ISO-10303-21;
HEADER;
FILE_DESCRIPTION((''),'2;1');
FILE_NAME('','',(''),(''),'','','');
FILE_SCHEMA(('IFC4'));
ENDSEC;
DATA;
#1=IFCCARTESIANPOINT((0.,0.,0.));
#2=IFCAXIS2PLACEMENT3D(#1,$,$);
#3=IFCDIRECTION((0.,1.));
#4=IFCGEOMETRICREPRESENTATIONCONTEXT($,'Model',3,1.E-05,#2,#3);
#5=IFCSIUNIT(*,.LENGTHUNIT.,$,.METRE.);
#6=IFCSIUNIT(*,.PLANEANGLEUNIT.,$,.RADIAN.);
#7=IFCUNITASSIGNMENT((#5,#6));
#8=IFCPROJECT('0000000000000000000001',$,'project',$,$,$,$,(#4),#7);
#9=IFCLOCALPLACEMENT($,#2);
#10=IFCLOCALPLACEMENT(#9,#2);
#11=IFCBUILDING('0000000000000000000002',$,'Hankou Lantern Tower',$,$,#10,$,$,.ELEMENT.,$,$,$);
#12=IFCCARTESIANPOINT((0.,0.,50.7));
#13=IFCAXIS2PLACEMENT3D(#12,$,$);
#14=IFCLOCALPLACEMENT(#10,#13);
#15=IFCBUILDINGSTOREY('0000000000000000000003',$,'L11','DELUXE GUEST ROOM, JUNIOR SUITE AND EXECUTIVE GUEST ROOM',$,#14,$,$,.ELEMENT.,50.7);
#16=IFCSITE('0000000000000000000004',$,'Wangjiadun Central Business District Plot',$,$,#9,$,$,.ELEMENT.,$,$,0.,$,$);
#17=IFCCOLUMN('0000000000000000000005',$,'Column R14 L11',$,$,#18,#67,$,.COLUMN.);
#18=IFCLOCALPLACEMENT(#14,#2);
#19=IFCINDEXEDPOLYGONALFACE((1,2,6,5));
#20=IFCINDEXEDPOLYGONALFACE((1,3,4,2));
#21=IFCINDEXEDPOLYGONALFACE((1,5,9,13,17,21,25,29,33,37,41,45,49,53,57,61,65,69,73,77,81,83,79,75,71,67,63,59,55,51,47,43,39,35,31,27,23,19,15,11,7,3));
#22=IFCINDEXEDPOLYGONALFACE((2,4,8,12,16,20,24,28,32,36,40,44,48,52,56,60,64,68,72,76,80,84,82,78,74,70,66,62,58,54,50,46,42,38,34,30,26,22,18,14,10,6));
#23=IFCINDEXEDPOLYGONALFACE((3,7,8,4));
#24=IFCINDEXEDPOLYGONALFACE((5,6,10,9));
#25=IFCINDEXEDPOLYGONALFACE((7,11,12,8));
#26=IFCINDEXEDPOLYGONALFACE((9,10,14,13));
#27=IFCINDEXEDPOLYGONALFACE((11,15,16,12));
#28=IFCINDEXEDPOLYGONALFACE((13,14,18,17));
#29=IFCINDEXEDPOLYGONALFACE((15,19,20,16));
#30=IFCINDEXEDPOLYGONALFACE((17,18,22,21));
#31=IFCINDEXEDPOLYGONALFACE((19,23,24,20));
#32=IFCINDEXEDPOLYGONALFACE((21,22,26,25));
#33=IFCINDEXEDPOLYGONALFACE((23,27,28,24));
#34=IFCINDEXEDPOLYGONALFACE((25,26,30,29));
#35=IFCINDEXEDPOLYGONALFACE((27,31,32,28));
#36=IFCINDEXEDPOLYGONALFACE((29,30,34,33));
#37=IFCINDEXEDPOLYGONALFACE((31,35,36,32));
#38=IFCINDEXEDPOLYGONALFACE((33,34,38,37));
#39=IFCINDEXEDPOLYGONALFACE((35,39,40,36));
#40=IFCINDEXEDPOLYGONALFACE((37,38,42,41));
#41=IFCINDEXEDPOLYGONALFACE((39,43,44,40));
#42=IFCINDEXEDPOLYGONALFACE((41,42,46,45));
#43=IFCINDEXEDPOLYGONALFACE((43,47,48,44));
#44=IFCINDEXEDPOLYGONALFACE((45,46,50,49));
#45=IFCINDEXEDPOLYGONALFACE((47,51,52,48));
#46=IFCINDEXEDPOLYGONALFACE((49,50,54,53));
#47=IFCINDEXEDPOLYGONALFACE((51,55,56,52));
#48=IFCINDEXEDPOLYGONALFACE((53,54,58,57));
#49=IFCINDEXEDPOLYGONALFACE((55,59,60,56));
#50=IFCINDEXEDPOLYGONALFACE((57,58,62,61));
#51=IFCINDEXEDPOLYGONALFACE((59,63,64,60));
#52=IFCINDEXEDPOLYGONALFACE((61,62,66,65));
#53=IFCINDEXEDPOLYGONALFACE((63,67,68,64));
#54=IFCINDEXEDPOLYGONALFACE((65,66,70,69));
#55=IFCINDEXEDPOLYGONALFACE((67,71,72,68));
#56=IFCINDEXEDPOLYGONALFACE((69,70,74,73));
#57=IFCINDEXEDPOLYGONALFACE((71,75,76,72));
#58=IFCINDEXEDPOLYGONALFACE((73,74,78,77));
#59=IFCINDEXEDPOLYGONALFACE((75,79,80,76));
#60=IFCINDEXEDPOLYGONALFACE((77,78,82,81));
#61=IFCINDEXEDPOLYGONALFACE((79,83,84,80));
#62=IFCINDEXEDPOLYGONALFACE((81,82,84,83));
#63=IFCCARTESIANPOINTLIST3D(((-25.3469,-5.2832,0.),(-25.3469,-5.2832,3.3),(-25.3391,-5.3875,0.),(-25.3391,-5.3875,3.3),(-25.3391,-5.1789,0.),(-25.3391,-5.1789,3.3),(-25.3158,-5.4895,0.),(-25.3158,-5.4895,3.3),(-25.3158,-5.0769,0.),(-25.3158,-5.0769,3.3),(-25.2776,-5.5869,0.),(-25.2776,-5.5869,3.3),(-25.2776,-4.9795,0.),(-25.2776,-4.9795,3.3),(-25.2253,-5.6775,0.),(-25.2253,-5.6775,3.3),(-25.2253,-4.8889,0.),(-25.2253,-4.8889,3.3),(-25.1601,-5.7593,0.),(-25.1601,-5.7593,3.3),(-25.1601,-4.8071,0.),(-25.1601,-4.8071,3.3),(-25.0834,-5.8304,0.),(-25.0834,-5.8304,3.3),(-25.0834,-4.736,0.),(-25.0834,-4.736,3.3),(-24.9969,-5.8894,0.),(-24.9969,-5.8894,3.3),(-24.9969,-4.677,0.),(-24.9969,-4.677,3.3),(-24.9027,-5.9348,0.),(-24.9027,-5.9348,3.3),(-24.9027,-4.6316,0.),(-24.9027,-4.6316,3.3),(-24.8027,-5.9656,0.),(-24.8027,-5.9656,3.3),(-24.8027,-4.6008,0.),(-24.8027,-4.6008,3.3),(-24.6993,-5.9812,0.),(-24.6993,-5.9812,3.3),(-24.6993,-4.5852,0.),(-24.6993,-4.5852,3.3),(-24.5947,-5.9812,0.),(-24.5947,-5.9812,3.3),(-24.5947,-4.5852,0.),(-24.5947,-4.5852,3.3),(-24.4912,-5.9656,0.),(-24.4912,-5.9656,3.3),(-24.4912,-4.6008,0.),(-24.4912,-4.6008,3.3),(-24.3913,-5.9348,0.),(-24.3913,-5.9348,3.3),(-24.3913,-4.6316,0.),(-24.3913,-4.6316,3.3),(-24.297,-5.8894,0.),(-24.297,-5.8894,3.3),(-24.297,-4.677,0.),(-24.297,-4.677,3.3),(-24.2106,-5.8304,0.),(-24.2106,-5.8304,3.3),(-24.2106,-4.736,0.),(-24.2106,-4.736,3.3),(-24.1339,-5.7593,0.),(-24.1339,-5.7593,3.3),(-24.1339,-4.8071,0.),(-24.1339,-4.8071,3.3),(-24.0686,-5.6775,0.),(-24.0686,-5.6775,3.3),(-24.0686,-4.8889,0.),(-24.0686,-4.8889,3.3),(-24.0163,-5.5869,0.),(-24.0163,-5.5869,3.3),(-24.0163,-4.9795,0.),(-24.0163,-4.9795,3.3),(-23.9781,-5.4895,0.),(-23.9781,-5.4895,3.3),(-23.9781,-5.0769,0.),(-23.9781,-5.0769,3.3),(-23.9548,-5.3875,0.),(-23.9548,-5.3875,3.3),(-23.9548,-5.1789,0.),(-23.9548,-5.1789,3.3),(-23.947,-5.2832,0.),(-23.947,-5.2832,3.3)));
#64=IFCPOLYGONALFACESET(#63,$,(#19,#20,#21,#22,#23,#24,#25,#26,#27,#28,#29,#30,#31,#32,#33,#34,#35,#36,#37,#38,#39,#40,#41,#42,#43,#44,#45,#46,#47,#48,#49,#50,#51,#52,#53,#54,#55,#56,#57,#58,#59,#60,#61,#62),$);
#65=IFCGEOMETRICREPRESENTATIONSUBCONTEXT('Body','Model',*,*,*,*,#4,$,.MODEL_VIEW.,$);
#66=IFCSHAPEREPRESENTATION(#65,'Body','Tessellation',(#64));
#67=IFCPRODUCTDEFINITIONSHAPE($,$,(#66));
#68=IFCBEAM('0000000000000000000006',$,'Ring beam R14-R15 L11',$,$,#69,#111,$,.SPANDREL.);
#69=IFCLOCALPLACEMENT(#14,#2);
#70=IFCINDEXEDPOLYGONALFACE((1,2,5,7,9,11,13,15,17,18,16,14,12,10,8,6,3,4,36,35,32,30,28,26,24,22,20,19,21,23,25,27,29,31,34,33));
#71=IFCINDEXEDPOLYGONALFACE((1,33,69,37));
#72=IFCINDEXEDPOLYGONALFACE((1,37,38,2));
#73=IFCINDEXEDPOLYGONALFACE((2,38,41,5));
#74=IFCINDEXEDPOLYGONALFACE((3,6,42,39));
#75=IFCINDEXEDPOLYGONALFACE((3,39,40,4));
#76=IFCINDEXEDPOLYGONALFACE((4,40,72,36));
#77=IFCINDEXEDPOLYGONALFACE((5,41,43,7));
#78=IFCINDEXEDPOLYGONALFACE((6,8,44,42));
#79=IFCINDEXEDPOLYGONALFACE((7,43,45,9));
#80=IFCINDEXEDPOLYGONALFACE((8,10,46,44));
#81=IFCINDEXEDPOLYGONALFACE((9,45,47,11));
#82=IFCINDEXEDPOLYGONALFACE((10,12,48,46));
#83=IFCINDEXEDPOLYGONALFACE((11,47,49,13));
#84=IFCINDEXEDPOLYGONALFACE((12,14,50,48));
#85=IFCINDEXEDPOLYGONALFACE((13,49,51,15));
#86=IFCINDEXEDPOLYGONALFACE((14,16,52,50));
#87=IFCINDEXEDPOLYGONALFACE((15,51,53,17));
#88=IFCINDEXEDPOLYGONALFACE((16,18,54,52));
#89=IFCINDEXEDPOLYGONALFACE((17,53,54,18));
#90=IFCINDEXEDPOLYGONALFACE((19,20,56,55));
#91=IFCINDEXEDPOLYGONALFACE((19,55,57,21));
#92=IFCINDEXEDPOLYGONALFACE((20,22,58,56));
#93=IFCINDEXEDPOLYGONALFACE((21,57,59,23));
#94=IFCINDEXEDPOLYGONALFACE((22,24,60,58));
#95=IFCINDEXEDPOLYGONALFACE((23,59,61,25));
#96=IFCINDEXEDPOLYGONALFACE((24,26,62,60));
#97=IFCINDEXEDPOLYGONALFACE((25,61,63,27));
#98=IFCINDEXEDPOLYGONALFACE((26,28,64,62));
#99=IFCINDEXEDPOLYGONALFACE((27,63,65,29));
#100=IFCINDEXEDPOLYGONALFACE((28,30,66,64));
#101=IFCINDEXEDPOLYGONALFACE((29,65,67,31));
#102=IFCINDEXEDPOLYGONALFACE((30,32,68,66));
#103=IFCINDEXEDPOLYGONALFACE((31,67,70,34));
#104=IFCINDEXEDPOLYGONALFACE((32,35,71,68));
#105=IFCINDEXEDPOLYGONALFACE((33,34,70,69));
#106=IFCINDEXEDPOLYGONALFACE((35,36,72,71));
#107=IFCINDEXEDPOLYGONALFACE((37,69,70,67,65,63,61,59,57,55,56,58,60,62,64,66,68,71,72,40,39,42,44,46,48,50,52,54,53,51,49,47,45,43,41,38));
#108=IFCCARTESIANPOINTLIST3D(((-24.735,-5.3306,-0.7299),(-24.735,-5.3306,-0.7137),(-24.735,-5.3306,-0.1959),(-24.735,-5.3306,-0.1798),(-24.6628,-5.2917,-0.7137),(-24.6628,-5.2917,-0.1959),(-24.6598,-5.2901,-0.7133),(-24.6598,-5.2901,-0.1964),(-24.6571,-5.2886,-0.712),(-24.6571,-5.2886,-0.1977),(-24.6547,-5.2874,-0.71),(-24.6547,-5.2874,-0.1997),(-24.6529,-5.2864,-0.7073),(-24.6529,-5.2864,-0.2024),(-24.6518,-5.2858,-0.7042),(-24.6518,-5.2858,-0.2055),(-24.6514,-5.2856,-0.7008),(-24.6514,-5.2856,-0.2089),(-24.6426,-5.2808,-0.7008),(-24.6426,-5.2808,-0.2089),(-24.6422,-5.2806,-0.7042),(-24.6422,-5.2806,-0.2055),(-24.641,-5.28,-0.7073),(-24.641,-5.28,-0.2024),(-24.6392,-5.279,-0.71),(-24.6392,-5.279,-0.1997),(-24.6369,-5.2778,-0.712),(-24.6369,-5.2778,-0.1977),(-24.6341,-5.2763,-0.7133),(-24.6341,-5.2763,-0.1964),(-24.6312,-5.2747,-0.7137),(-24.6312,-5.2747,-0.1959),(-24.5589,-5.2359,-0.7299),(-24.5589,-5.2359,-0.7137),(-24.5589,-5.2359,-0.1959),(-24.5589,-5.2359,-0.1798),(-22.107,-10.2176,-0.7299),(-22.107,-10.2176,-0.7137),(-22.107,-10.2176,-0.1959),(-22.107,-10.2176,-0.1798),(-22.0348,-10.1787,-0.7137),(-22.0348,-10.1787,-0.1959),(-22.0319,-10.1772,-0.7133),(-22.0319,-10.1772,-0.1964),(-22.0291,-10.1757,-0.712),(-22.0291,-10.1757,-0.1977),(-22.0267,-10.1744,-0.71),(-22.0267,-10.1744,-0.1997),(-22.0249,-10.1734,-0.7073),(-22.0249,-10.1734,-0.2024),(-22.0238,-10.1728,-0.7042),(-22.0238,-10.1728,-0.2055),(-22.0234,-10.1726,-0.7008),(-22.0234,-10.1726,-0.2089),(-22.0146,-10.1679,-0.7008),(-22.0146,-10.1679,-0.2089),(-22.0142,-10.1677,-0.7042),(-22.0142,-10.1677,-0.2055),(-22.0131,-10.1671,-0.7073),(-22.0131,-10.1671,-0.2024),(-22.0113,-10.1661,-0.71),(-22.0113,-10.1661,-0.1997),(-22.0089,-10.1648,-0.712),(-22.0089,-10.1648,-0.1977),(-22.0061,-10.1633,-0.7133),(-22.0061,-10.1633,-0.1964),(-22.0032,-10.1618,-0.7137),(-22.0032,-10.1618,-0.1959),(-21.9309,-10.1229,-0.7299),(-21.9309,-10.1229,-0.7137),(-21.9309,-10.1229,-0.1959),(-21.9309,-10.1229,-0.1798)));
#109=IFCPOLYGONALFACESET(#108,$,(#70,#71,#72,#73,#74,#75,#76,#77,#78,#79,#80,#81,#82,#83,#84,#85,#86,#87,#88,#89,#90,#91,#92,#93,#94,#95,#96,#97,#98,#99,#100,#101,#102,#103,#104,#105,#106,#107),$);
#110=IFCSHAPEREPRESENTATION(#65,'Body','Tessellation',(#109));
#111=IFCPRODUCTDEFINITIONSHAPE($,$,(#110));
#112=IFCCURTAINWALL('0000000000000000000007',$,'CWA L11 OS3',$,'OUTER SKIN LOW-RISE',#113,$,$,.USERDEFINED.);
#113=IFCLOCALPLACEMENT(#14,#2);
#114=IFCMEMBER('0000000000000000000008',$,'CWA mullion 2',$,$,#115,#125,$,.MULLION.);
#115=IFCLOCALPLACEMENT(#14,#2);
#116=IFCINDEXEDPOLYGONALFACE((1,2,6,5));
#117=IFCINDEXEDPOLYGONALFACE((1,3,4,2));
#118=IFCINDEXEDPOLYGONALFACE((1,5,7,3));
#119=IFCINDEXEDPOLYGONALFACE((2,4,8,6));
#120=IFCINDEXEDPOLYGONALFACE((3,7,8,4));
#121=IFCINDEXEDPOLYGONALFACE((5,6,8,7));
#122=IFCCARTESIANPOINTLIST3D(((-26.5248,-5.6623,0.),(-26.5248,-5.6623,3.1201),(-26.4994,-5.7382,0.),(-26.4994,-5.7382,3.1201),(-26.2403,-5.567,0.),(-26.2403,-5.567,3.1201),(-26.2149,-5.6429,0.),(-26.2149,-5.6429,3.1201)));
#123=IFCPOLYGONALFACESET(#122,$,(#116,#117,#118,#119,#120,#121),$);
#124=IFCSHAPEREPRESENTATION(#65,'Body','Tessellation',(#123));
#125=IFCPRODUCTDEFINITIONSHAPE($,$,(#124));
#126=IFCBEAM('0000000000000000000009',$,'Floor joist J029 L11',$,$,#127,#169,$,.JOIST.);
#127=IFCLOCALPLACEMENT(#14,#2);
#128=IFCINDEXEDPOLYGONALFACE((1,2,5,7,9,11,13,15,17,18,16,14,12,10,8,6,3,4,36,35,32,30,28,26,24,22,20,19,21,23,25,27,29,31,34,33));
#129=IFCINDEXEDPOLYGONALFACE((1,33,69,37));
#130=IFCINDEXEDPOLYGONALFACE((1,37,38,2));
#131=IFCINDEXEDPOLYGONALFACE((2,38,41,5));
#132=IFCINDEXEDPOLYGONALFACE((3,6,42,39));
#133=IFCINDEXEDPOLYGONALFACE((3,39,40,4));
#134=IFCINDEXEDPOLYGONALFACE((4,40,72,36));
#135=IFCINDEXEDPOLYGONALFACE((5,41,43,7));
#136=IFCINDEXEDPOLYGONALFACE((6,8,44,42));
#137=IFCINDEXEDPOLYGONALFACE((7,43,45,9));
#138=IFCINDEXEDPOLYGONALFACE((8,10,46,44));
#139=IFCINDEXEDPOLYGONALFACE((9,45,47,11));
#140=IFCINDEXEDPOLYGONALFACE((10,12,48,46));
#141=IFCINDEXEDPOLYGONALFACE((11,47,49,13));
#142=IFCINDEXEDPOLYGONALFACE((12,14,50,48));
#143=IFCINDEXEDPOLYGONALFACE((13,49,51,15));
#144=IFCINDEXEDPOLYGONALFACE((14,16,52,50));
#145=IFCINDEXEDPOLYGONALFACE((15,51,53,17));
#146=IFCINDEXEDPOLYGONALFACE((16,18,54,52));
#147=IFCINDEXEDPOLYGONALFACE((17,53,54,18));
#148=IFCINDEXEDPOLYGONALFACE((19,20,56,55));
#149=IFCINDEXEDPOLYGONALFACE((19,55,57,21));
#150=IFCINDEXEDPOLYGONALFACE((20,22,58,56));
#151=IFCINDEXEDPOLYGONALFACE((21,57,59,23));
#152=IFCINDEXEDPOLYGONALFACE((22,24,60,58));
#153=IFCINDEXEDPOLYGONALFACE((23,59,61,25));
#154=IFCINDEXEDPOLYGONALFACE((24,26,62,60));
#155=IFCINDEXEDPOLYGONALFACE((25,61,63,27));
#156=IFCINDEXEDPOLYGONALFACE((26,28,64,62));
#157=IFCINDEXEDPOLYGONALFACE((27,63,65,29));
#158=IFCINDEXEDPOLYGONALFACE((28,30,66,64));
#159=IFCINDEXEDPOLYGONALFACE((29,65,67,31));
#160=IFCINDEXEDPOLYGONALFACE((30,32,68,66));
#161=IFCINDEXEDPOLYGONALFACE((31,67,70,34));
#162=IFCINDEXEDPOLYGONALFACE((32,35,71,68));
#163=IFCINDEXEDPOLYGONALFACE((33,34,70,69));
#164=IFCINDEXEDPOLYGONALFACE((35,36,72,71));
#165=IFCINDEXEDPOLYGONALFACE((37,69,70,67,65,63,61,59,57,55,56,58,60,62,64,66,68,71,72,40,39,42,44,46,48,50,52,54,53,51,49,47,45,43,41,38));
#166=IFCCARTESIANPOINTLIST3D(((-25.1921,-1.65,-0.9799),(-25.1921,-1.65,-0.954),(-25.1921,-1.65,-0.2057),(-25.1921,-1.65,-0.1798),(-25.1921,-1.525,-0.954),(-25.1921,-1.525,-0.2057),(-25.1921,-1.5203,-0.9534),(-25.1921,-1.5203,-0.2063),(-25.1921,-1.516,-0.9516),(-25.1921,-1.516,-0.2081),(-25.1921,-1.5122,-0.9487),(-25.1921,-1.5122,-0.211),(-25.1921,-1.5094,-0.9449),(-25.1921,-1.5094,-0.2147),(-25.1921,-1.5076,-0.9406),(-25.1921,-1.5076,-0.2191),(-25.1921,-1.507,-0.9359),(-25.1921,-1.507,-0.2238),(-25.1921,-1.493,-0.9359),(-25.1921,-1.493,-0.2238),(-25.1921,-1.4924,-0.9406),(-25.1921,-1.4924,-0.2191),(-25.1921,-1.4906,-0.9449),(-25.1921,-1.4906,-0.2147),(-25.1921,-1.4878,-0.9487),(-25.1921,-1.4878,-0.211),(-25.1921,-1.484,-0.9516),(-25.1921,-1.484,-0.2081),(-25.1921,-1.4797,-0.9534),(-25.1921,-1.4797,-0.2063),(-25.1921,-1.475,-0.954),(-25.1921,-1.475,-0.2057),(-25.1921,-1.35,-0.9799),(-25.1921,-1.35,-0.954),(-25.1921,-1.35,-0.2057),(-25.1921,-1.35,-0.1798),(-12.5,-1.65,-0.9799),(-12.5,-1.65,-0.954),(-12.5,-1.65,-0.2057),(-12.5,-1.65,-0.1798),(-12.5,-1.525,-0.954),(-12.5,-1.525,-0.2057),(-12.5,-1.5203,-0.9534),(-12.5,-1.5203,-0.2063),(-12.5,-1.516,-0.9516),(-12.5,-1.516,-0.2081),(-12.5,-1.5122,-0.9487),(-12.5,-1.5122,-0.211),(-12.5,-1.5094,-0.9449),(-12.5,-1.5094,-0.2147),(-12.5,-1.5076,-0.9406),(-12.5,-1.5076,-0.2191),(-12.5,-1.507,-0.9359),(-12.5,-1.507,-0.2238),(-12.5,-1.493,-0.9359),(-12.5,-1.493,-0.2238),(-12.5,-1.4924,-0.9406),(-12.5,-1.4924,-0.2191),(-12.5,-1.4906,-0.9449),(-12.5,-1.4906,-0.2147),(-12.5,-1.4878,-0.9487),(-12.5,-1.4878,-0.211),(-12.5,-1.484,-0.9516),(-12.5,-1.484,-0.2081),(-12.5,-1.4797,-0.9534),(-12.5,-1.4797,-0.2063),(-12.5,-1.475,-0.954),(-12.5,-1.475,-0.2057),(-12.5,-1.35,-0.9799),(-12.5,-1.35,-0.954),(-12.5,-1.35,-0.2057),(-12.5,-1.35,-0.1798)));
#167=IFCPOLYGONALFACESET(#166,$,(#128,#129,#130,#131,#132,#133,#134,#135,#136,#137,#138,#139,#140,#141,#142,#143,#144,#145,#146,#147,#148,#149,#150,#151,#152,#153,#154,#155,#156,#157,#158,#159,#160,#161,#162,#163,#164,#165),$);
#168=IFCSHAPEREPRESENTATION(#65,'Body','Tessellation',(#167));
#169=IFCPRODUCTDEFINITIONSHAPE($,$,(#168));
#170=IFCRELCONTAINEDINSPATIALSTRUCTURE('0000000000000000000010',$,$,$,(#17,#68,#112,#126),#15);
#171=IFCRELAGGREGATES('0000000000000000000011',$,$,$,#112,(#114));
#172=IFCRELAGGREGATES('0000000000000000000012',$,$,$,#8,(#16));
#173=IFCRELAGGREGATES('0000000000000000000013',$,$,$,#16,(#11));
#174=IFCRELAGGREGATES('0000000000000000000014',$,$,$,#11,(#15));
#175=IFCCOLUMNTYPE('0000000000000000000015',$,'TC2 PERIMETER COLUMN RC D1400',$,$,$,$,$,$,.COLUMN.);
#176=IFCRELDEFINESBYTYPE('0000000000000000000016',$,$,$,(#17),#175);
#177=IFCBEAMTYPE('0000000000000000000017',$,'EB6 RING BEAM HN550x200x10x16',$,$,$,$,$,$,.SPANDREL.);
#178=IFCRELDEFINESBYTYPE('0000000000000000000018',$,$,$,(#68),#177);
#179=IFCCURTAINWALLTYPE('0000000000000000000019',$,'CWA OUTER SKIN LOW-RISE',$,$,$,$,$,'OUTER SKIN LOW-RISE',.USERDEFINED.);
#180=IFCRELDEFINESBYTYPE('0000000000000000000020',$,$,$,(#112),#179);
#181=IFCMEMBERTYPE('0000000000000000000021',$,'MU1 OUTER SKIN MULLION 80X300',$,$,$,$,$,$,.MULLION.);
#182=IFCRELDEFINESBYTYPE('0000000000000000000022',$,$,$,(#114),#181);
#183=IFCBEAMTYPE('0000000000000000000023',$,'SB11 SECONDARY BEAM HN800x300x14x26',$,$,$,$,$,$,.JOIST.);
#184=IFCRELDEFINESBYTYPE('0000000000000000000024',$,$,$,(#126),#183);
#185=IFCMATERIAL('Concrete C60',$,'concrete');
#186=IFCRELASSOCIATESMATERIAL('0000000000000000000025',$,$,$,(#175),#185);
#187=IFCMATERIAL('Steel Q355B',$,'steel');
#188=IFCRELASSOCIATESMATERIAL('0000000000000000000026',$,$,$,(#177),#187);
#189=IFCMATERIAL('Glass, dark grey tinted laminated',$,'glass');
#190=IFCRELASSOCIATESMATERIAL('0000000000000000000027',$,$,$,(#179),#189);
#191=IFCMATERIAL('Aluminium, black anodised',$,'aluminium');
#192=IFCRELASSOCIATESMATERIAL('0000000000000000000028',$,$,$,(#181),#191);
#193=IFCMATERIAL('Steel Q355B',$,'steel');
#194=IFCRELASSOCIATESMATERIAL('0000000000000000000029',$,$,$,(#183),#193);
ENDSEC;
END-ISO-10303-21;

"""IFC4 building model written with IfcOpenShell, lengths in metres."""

from ifc_helpers import new_model, si_unit, direction, frame, origin, origin_2d, place, context, subcontext, project, spatial, rectangle, circle, i_section, extrude, material, material_profile, profile_set, type_object, element, aggregate, save


model = new_model("IFC4")

# Units and contexts
model_context = context("Model", 3, precision=1e-05, world=origin(), true_north=direction((0.0, 1.0)))
body_context = subcontext(model_context, "Body", "Model", "MODEL_VIEW")
ifc_project = project(units=[si_unit("LENGTHUNIT", "METRE"), si_unit("PLANEANGLEUNIT", "RADIAN")], contexts=[model_context])

# Site, building, storey
site_placement = place(None, origin())
site = spatial("IfcSite", under=ifc_project, at=site_placement, Name="Wangjiadun Central Business District Plot", CompositionType="ELEMENT", RefElevation=0.0)
building_placement = place(site_placement, origin())
building = spatial("IfcBuilding", under=site, at=building_placement, Name="Hankou Lantern Tower", CompositionType="ELEMENT")
storey_placement = place(building_placement, frame((0.0, 0.0, 50.7)))
storey = spatial("IfcBuildingStorey", under=building, at=storey_placement, Name="L11", Description="DELUXE GUEST ROOM, JUNIOR SUITE AND EXECUTIVE GUEST ROOM", CompositionType="ELEMENT", Elevation=50.7)

# Column
ifc_material_1 = material(Name="Concrete C60", Category="concrete")
ifc_material_profile_1 = material_profile(ifc_material_1, circle(Radius=0.7, at=origin_2d()), Name="RC D1400")
ifc_profile_set_1 = profile_set([ifc_material_profile_1], Name="Concrete C60")
column_type = type_object("IfcColumnType", Name="TC2 PERIMETER COLUMN RC D1400", PredefinedType="COLUMN", material=ifc_profile_set_1)
column_placement = place(storey_placement, frame((-24.647, -5.2832, 0.0), z_axis=(0.0, 0.0, 1.0), x_axis=(1.0, 0.0, 0.0)))
element("IfcColumn", 1, at=column_placement, inside=storey, type_object=column_type, Name="Column R14 L11", PredefinedType="COLUMN", context=body_context, shape_type="SweptSolid", body=[
    extrude(circle(Radius=0.7, at=origin_2d()), origin(), (0.0, 0.0, 1.0), 3.3),
])

# Beam
ifc_material_2 = material(Name="Steel Q355B", Category="steel")
ifc_material_profile_2 = material_profile(ifc_material_2, i_section(OverallWidth=0.2, OverallDepth=0.55, WebThickness=0.01, FlangeThickness=0.0161, FilletRadius=0.0129, at=origin_2d()), Name="HN550x200x10x16")
ifc_profile_set_2 = profile_set([ifc_material_profile_2], Name="Steel Q355B")
beam_type_1 = type_object("IfcBeamType", Name="EB6 RING BEAM HN550x200x10x16", PredefinedType="SPANDREL", material=ifc_profile_set_2)
beam_1_placement = place(storey_placement, frame((-24.647, -5.2832, -0.4548), z_axis=(0.473609, -0.880735, 0.0), x_axis=(0.880735, 0.473609, 0.0)))
element("IfcBeam", 2, at=beam_1_placement, inside=storey, type_object=beam_type_1, Name="Ring beam R14-R15 L11", PredefinedType="SPANDREL", context=body_context, shape_type="SweptSolid", body=[
    extrude(i_section(OverallWidth=0.2, OverallDepth=0.55, WebThickness=0.01, FlangeThickness=0.0161, FilletRadius=0.0129, at=origin_2d()), origin(), (0.0, 0.0, 1.0), 5.5488),
])

# Curtain wall, member
ifc_material_3 = material(Name="Glass, dark grey tinted laminated", Category="glass")
curtain_wall_type = type_object("IfcCurtainWallType", Name="CWA OUTER SKIN LOW-RISE", ElementType="OUTER SKIN LOW-RISE", PredefinedType="USERDEFINED", material=ifc_material_3)
curtain_wall_placement = place(storey_placement, origin())
curtain_wall = element("IfcCurtainWall", 3, at=curtain_wall_placement, inside=storey, type_object=curtain_wall_type, Name="CWA L11 OS3", ObjectType="OUTER SKIN LOW-RISE", PredefinedType="USERDEFINED")
ifc_material_4 = material(Name="Aluminium, black anodised", Category="aluminium")
ifc_material_profile_3 = material_profile(ifc_material_4, rectangle(XDim=0.0801, YDim=0.3, at=origin_2d()), Name="MU1 80X300")
ifc_profile_set_3 = profile_set([ifc_material_profile_3], Name="Aluminium, black anodised")
member_type_1 = type_object("IfcMemberType", Name="MU1 OUTER SKIN MULLION 80X300", PredefinedType="MULLION", material=ifc_profile_set_3)
member_1_placement = place(storey_placement, frame((-26.3699, -5.6526, 0.0), z_axis=(0.0, 0.0, 1.0), x_axis=(0.317596, -0.948226, 0.0)))
member_1 = element("IfcMember", 4, at=member_1_placement, type_object=member_type_1, Name="CWA mullion 2", PredefinedType="MULLION", context=body_context, shape_type="SweptSolid", body=[
    extrude(rectangle(XDim=0.0801, YDim=0.3, at=origin_2d()), origin(), (0.0, 0.0, 1.0), 3.1201),
])

# Beam
ifc_material_5 = material(Name="Steel Q355B", Category="steel")
ifc_material_profile_4 = material_profile(ifc_material_5, i_section(OverallWidth=0.3, OverallDepth=0.8, WebThickness=0.0139, FlangeThickness=0.0259, FilletRadius=0.0181, at=origin_2d()), Name="HN800x300x14x26")
ifc_profile_set_4 = profile_set([ifc_material_profile_4], Name="Steel Q355B")
beam_type_2 = type_object("IfcBeamType", Name="SB11 SECONDARY BEAM HN800x300x14x26", PredefinedType="JOIST", material=ifc_profile_set_4)
beam_2_placement = place(storey_placement, frame((-25.1921, -1.5, -0.5798), z_axis=(1.0, 0.0, 0.0), x_axis=(0.0, 1.0, 0.0)))
element("IfcBeam", 5, at=beam_2_placement, inside=storey, type_object=beam_type_2, Name="Floor joist J029 L11", PredefinedType="JOIST", context=body_context, shape_type="SweptSolid", body=[
    extrude(i_section(OverallWidth=0.3, OverallDepth=0.8, WebThickness=0.0139, FlangeThickness=0.0259, FilletRadius=0.0181, at=origin_2d()), origin(), (0.0, 0.0, 1.0), 12.6921),
])

aggregate(curtain_wall, [member_1])

save(model, "model.ifc")
